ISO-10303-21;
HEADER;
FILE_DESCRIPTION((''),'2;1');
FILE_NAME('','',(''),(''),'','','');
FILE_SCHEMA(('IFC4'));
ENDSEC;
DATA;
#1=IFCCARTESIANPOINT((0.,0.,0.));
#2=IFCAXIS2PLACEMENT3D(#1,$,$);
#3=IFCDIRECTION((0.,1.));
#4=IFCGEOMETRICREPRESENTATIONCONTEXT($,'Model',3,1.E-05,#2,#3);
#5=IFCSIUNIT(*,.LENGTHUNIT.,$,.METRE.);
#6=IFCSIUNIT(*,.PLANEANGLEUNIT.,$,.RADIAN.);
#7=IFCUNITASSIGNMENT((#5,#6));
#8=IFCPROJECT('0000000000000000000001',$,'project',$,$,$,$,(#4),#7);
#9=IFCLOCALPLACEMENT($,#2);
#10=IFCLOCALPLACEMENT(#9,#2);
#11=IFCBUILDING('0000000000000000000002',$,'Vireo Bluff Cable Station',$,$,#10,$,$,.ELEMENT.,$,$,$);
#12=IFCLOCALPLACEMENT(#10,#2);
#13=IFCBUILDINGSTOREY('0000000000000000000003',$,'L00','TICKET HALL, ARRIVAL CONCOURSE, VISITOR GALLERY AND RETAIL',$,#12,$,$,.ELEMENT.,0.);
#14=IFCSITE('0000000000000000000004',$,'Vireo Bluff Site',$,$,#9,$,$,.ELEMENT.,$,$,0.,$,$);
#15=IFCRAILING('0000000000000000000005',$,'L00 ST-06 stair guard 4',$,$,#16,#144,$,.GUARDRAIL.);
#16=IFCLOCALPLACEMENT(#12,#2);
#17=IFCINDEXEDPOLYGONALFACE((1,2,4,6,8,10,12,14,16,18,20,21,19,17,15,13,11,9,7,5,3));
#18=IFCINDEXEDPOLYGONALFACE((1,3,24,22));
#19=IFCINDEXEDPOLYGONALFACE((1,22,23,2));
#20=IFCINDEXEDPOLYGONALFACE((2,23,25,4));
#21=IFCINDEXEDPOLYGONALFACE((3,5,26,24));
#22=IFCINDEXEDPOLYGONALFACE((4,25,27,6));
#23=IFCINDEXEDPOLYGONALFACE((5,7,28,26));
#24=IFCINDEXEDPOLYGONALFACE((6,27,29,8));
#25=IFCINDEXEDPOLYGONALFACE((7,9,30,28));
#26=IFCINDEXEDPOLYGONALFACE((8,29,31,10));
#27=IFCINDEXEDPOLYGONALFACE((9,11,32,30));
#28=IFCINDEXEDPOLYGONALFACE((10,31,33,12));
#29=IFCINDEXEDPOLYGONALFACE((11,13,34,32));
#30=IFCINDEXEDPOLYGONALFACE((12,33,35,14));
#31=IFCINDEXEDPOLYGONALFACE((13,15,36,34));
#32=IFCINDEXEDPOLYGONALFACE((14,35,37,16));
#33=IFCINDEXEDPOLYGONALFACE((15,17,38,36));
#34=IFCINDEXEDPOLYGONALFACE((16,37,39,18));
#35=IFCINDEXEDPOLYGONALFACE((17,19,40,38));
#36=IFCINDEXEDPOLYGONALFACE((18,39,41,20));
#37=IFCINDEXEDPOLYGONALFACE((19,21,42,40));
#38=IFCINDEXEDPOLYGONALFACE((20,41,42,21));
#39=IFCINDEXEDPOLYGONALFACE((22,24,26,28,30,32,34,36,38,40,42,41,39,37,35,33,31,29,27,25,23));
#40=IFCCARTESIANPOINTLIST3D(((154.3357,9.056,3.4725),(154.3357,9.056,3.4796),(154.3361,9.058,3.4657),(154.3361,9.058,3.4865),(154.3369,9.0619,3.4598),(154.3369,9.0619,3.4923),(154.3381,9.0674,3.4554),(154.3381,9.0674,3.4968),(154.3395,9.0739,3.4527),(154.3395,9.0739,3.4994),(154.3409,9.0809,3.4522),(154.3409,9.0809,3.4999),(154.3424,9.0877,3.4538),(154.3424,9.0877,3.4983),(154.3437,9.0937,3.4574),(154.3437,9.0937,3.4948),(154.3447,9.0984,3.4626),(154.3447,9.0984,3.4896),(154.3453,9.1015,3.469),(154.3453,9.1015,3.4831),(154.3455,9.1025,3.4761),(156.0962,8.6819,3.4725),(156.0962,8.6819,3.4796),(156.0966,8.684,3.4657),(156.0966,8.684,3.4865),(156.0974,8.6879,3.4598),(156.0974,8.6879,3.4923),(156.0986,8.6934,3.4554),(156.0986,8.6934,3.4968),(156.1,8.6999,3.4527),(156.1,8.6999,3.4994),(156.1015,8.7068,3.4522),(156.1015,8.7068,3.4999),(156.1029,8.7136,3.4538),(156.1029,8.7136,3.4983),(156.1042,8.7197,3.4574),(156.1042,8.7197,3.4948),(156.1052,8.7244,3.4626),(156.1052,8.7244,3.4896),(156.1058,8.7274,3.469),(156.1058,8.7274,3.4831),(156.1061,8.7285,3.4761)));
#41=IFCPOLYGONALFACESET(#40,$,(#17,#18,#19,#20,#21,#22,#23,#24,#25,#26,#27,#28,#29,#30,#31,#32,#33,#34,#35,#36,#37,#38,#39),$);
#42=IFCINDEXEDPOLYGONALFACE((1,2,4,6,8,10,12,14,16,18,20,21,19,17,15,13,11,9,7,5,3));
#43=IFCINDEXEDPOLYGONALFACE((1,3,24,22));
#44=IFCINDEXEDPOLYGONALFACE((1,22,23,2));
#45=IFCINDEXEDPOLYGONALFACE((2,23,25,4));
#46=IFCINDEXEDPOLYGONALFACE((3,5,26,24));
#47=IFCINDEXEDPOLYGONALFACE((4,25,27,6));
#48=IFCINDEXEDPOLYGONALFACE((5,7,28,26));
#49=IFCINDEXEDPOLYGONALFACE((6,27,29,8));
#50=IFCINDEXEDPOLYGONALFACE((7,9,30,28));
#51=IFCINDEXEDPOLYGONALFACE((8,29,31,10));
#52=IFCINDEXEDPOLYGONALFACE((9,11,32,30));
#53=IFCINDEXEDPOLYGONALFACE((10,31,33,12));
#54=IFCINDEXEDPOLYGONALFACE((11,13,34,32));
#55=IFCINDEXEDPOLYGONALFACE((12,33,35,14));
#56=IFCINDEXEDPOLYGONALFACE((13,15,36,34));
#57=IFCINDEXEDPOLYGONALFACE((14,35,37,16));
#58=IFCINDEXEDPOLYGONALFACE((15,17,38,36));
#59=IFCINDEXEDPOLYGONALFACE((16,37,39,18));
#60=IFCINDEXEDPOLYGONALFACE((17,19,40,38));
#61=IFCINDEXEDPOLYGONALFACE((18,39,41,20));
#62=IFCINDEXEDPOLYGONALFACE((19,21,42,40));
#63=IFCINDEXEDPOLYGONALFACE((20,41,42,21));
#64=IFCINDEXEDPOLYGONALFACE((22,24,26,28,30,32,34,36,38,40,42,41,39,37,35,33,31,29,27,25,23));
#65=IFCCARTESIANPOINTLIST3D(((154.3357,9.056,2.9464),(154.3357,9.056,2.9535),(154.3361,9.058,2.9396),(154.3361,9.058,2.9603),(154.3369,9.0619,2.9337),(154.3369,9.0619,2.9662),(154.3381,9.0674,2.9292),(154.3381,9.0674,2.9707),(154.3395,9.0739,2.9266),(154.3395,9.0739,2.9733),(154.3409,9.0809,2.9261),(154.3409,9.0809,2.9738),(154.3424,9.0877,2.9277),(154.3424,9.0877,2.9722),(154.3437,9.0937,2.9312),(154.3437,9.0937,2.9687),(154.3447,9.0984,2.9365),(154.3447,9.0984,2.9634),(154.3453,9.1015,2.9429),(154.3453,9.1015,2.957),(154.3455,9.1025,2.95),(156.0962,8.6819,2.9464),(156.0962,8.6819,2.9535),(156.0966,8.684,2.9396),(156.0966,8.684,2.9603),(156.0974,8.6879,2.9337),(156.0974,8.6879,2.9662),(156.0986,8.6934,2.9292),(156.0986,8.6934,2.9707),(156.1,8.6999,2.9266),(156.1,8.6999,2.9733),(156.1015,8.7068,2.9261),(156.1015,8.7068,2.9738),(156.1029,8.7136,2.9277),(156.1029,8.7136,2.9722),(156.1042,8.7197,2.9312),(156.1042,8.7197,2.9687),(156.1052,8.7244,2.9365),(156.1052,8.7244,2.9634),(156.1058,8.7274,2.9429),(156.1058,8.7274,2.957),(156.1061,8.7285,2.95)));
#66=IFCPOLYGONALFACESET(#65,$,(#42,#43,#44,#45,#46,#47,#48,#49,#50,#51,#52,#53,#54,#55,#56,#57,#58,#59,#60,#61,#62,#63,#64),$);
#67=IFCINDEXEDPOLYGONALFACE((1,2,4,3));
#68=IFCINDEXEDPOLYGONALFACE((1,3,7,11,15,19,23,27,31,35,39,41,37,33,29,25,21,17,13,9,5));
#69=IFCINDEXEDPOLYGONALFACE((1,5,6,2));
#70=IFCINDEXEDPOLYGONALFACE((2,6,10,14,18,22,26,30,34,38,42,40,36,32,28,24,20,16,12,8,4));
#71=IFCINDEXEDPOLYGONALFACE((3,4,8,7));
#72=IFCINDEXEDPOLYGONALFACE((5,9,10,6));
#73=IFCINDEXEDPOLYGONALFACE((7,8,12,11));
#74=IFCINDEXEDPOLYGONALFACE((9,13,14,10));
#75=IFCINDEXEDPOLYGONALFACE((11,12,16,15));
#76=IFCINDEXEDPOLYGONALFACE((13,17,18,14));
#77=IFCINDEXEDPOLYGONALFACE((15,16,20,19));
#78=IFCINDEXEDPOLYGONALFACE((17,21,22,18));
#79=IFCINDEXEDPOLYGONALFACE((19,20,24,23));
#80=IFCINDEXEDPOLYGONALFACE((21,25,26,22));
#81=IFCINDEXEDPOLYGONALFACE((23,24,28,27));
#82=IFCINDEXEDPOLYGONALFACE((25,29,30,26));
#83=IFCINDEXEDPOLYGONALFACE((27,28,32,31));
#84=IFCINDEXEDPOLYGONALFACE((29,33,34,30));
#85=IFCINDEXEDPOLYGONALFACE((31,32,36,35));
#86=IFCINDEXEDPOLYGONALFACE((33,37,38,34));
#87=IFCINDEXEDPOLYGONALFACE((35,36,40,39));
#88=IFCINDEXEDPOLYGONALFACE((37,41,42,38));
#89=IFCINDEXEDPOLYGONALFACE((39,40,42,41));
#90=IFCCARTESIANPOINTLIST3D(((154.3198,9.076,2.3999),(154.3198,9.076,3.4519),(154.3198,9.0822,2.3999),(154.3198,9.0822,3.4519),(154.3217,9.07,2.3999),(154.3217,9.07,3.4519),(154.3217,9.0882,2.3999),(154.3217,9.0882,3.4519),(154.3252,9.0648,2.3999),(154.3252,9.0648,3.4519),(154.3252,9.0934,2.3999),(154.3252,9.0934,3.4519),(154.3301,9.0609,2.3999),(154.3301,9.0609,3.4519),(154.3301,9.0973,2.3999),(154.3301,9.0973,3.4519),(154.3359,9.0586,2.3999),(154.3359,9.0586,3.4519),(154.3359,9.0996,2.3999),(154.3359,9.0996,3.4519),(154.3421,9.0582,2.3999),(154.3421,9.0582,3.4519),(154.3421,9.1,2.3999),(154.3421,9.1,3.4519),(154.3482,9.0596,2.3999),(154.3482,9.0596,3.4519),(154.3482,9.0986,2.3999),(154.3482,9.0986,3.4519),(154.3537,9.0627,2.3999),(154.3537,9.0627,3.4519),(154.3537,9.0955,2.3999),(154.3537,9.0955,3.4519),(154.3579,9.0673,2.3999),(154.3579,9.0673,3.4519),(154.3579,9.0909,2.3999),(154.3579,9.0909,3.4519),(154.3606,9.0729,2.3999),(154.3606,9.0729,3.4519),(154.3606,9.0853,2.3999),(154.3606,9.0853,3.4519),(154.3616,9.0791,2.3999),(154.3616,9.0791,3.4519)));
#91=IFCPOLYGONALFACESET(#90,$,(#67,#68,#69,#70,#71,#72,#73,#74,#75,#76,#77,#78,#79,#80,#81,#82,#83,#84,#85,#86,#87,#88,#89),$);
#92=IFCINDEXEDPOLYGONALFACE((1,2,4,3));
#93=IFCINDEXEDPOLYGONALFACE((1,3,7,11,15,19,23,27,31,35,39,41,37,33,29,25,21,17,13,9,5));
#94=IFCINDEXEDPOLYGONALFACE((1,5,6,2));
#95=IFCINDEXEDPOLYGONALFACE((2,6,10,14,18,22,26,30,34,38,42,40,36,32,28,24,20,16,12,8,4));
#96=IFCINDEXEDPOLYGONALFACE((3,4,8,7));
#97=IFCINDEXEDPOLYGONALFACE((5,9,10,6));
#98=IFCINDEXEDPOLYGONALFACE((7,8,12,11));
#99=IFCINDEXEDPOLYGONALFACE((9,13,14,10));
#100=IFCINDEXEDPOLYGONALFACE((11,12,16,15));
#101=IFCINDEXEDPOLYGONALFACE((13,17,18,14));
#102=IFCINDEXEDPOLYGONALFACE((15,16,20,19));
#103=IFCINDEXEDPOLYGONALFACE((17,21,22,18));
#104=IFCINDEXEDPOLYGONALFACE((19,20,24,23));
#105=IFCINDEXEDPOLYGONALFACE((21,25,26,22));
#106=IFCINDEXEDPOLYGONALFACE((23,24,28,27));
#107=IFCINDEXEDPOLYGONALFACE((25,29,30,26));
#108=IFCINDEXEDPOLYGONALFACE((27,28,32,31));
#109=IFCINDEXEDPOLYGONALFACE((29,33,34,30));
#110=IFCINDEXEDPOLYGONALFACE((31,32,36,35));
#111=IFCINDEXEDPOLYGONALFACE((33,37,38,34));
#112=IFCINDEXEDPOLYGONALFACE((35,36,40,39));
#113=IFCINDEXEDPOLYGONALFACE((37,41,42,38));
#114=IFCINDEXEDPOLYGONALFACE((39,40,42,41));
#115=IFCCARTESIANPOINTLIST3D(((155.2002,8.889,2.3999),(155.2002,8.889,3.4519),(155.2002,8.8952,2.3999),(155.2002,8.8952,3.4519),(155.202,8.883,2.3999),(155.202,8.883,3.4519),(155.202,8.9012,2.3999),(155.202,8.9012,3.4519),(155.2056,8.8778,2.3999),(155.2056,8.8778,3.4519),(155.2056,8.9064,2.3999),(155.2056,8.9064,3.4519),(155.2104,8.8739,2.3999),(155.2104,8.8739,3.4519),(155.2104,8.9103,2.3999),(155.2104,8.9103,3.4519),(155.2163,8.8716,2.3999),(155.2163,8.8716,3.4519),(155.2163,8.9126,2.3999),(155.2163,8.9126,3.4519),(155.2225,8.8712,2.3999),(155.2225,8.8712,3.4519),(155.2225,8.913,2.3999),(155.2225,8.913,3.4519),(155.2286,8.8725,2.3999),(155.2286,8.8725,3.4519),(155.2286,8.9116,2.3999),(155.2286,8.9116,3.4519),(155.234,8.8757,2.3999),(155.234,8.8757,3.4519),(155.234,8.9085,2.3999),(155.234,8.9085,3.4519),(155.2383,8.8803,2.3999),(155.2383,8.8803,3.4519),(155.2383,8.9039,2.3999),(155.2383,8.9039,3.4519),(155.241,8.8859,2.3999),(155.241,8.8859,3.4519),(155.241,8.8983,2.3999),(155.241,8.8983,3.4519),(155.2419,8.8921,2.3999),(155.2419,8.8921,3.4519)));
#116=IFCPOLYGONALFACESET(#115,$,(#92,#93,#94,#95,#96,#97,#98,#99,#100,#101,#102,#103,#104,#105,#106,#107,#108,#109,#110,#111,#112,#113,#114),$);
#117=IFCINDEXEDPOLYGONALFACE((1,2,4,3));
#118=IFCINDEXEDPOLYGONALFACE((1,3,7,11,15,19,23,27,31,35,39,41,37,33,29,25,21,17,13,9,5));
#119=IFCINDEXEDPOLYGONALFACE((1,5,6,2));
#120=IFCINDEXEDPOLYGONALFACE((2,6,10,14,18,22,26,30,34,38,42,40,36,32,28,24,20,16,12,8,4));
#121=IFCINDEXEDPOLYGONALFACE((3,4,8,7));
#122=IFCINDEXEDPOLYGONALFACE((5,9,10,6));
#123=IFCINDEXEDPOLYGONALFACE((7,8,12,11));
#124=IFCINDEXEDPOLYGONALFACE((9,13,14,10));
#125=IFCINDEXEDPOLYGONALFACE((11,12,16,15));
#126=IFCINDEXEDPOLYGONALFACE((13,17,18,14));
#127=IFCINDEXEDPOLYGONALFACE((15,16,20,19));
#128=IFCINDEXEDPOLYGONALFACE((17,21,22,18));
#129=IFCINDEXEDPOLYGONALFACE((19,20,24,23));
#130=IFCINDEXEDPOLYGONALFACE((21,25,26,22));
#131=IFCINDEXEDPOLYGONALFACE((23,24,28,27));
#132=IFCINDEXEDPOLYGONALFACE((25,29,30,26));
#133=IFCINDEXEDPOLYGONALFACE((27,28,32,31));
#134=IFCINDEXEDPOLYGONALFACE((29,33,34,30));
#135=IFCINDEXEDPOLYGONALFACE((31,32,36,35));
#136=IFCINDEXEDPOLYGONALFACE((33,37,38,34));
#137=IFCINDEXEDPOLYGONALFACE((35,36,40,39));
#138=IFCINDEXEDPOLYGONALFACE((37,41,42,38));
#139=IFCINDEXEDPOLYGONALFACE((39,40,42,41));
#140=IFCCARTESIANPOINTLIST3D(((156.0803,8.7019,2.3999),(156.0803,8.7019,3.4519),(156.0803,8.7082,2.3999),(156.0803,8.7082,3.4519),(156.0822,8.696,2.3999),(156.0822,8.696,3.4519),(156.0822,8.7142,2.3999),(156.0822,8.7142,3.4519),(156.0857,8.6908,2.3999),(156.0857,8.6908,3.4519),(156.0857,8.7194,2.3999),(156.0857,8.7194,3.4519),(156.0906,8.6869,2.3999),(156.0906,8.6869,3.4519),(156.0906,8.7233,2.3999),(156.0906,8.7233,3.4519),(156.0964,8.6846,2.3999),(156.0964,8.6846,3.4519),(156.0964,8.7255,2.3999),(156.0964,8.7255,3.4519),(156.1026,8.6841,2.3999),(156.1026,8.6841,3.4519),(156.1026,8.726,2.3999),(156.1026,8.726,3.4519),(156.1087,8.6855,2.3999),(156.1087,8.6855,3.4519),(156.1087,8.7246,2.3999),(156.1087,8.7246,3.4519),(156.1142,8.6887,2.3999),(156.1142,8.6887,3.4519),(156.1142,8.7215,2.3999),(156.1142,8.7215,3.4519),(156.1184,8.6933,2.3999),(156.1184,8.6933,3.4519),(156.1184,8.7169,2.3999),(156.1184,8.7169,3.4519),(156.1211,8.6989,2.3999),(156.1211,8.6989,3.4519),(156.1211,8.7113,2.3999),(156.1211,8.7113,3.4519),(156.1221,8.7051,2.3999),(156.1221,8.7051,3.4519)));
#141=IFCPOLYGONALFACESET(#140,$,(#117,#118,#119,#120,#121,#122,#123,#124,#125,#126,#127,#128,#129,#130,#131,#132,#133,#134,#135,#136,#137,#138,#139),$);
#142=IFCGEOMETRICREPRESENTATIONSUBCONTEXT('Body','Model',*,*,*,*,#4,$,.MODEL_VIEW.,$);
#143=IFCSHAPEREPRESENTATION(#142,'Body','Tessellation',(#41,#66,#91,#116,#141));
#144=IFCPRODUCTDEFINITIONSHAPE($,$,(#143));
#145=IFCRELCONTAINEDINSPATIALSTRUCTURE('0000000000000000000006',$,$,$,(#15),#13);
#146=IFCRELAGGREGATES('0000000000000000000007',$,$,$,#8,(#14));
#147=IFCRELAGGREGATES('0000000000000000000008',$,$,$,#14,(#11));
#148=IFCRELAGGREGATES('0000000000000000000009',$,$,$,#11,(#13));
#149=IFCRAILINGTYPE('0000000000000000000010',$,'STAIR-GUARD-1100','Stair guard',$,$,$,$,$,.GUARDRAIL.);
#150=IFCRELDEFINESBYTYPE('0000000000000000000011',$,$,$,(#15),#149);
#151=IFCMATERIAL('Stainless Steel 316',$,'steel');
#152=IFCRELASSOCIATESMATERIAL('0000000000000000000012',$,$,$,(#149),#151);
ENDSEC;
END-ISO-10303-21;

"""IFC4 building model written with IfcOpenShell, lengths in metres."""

from ifc_helpers import new_model, si_unit, direction, frame, origin, origin_2d, place, context, subcontext, project, spatial, circle, extrude, material, type_object, element, save


model = new_model("IFC4")

# Units and contexts
model_context = context("Model", 3, precision=1e-05, world=origin(), true_north=direction((0.0, 1.0)))
body_context = subcontext(model_context, "Body", "Model", "MODEL_VIEW")
ifc_project = project(units=[si_unit("LENGTHUNIT", "METRE"), si_unit("PLANEANGLEUNIT", "RADIAN")], contexts=[model_context])

# Site, building, storey
site_placement = place(None, origin())
site = spatial("IfcSite", under=ifc_project, at=site_placement, Name="Vireo Bluff Site", CompositionType="ELEMENT", RefElevation=0.0)
building_placement = place(site_placement, origin())
building = spatial("IfcBuilding", under=site, at=building_placement, Name="Vireo Bluff Cable Station", CompositionType="ELEMENT")
storey_placement = place(building_placement, origin())
storey = spatial("IfcBuildingStorey", under=building, at=storey_placement, Name="L00", Description="TICKET HALL, ARRIVAL CONCOURSE, VISITOR GALLERY AND RETAIL", CompositionType="ELEMENT", Elevation=0.0)

# Railing
ifc_material_1 = material(Name="Stainless Steel 316", Category="steel")
railing_type_1 = type_object("IfcRailingType", Name="STAIR-GUARD-1100", Description="Stair guard", PredefinedType="GUARDRAIL", material=ifc_material_1)
railing_1_placement = place(storey_placement, frame((154.3406, 9.0791, 2.3999)))
element("IfcRailing", 1, at=railing_1_placement, inside=storey, type_object=railing_type_1, Name="L00 ST-06 stair guard 4", PredefinedType="GUARDRAIL", context=body_context, shape_type="SweptSolid", body=[
    extrude(circle(Radius=0.0239, at=origin_2d()), frame((0.0, 0.0, 1.0762), z_axis=(0.978168, -0.207815, 0.0), x_axis=(0.207815, 0.978168, 0.0)), (0.0, 0.0, 1.0), 1.7998),
    extrude(circle(Radius=0.0239, at=origin_2d()), frame((0.0, 0.0, 0.55), z_axis=(0.978168, -0.207815, 0.0), x_axis=(0.207815, 0.978168, 0.0)), (0.0, 0.0, 1.0), 1.7998),
    extrude(circle(Radius=0.021, at=origin_2d()), origin(), (0.0, 0.0, 1.0), 1.052),
    extrude(circle(Radius=0.021, at=origin_2d()), frame((0.8804, -0.187, 0.0)), (0.0, 0.0, 1.0), 1.052),
    extrude(circle(Radius=0.021, at=origin_2d()), frame((1.7605, -0.374, 0.0)), (0.0, 0.0, 1.0), 1.052),
])

save(model, "model.ifc")
